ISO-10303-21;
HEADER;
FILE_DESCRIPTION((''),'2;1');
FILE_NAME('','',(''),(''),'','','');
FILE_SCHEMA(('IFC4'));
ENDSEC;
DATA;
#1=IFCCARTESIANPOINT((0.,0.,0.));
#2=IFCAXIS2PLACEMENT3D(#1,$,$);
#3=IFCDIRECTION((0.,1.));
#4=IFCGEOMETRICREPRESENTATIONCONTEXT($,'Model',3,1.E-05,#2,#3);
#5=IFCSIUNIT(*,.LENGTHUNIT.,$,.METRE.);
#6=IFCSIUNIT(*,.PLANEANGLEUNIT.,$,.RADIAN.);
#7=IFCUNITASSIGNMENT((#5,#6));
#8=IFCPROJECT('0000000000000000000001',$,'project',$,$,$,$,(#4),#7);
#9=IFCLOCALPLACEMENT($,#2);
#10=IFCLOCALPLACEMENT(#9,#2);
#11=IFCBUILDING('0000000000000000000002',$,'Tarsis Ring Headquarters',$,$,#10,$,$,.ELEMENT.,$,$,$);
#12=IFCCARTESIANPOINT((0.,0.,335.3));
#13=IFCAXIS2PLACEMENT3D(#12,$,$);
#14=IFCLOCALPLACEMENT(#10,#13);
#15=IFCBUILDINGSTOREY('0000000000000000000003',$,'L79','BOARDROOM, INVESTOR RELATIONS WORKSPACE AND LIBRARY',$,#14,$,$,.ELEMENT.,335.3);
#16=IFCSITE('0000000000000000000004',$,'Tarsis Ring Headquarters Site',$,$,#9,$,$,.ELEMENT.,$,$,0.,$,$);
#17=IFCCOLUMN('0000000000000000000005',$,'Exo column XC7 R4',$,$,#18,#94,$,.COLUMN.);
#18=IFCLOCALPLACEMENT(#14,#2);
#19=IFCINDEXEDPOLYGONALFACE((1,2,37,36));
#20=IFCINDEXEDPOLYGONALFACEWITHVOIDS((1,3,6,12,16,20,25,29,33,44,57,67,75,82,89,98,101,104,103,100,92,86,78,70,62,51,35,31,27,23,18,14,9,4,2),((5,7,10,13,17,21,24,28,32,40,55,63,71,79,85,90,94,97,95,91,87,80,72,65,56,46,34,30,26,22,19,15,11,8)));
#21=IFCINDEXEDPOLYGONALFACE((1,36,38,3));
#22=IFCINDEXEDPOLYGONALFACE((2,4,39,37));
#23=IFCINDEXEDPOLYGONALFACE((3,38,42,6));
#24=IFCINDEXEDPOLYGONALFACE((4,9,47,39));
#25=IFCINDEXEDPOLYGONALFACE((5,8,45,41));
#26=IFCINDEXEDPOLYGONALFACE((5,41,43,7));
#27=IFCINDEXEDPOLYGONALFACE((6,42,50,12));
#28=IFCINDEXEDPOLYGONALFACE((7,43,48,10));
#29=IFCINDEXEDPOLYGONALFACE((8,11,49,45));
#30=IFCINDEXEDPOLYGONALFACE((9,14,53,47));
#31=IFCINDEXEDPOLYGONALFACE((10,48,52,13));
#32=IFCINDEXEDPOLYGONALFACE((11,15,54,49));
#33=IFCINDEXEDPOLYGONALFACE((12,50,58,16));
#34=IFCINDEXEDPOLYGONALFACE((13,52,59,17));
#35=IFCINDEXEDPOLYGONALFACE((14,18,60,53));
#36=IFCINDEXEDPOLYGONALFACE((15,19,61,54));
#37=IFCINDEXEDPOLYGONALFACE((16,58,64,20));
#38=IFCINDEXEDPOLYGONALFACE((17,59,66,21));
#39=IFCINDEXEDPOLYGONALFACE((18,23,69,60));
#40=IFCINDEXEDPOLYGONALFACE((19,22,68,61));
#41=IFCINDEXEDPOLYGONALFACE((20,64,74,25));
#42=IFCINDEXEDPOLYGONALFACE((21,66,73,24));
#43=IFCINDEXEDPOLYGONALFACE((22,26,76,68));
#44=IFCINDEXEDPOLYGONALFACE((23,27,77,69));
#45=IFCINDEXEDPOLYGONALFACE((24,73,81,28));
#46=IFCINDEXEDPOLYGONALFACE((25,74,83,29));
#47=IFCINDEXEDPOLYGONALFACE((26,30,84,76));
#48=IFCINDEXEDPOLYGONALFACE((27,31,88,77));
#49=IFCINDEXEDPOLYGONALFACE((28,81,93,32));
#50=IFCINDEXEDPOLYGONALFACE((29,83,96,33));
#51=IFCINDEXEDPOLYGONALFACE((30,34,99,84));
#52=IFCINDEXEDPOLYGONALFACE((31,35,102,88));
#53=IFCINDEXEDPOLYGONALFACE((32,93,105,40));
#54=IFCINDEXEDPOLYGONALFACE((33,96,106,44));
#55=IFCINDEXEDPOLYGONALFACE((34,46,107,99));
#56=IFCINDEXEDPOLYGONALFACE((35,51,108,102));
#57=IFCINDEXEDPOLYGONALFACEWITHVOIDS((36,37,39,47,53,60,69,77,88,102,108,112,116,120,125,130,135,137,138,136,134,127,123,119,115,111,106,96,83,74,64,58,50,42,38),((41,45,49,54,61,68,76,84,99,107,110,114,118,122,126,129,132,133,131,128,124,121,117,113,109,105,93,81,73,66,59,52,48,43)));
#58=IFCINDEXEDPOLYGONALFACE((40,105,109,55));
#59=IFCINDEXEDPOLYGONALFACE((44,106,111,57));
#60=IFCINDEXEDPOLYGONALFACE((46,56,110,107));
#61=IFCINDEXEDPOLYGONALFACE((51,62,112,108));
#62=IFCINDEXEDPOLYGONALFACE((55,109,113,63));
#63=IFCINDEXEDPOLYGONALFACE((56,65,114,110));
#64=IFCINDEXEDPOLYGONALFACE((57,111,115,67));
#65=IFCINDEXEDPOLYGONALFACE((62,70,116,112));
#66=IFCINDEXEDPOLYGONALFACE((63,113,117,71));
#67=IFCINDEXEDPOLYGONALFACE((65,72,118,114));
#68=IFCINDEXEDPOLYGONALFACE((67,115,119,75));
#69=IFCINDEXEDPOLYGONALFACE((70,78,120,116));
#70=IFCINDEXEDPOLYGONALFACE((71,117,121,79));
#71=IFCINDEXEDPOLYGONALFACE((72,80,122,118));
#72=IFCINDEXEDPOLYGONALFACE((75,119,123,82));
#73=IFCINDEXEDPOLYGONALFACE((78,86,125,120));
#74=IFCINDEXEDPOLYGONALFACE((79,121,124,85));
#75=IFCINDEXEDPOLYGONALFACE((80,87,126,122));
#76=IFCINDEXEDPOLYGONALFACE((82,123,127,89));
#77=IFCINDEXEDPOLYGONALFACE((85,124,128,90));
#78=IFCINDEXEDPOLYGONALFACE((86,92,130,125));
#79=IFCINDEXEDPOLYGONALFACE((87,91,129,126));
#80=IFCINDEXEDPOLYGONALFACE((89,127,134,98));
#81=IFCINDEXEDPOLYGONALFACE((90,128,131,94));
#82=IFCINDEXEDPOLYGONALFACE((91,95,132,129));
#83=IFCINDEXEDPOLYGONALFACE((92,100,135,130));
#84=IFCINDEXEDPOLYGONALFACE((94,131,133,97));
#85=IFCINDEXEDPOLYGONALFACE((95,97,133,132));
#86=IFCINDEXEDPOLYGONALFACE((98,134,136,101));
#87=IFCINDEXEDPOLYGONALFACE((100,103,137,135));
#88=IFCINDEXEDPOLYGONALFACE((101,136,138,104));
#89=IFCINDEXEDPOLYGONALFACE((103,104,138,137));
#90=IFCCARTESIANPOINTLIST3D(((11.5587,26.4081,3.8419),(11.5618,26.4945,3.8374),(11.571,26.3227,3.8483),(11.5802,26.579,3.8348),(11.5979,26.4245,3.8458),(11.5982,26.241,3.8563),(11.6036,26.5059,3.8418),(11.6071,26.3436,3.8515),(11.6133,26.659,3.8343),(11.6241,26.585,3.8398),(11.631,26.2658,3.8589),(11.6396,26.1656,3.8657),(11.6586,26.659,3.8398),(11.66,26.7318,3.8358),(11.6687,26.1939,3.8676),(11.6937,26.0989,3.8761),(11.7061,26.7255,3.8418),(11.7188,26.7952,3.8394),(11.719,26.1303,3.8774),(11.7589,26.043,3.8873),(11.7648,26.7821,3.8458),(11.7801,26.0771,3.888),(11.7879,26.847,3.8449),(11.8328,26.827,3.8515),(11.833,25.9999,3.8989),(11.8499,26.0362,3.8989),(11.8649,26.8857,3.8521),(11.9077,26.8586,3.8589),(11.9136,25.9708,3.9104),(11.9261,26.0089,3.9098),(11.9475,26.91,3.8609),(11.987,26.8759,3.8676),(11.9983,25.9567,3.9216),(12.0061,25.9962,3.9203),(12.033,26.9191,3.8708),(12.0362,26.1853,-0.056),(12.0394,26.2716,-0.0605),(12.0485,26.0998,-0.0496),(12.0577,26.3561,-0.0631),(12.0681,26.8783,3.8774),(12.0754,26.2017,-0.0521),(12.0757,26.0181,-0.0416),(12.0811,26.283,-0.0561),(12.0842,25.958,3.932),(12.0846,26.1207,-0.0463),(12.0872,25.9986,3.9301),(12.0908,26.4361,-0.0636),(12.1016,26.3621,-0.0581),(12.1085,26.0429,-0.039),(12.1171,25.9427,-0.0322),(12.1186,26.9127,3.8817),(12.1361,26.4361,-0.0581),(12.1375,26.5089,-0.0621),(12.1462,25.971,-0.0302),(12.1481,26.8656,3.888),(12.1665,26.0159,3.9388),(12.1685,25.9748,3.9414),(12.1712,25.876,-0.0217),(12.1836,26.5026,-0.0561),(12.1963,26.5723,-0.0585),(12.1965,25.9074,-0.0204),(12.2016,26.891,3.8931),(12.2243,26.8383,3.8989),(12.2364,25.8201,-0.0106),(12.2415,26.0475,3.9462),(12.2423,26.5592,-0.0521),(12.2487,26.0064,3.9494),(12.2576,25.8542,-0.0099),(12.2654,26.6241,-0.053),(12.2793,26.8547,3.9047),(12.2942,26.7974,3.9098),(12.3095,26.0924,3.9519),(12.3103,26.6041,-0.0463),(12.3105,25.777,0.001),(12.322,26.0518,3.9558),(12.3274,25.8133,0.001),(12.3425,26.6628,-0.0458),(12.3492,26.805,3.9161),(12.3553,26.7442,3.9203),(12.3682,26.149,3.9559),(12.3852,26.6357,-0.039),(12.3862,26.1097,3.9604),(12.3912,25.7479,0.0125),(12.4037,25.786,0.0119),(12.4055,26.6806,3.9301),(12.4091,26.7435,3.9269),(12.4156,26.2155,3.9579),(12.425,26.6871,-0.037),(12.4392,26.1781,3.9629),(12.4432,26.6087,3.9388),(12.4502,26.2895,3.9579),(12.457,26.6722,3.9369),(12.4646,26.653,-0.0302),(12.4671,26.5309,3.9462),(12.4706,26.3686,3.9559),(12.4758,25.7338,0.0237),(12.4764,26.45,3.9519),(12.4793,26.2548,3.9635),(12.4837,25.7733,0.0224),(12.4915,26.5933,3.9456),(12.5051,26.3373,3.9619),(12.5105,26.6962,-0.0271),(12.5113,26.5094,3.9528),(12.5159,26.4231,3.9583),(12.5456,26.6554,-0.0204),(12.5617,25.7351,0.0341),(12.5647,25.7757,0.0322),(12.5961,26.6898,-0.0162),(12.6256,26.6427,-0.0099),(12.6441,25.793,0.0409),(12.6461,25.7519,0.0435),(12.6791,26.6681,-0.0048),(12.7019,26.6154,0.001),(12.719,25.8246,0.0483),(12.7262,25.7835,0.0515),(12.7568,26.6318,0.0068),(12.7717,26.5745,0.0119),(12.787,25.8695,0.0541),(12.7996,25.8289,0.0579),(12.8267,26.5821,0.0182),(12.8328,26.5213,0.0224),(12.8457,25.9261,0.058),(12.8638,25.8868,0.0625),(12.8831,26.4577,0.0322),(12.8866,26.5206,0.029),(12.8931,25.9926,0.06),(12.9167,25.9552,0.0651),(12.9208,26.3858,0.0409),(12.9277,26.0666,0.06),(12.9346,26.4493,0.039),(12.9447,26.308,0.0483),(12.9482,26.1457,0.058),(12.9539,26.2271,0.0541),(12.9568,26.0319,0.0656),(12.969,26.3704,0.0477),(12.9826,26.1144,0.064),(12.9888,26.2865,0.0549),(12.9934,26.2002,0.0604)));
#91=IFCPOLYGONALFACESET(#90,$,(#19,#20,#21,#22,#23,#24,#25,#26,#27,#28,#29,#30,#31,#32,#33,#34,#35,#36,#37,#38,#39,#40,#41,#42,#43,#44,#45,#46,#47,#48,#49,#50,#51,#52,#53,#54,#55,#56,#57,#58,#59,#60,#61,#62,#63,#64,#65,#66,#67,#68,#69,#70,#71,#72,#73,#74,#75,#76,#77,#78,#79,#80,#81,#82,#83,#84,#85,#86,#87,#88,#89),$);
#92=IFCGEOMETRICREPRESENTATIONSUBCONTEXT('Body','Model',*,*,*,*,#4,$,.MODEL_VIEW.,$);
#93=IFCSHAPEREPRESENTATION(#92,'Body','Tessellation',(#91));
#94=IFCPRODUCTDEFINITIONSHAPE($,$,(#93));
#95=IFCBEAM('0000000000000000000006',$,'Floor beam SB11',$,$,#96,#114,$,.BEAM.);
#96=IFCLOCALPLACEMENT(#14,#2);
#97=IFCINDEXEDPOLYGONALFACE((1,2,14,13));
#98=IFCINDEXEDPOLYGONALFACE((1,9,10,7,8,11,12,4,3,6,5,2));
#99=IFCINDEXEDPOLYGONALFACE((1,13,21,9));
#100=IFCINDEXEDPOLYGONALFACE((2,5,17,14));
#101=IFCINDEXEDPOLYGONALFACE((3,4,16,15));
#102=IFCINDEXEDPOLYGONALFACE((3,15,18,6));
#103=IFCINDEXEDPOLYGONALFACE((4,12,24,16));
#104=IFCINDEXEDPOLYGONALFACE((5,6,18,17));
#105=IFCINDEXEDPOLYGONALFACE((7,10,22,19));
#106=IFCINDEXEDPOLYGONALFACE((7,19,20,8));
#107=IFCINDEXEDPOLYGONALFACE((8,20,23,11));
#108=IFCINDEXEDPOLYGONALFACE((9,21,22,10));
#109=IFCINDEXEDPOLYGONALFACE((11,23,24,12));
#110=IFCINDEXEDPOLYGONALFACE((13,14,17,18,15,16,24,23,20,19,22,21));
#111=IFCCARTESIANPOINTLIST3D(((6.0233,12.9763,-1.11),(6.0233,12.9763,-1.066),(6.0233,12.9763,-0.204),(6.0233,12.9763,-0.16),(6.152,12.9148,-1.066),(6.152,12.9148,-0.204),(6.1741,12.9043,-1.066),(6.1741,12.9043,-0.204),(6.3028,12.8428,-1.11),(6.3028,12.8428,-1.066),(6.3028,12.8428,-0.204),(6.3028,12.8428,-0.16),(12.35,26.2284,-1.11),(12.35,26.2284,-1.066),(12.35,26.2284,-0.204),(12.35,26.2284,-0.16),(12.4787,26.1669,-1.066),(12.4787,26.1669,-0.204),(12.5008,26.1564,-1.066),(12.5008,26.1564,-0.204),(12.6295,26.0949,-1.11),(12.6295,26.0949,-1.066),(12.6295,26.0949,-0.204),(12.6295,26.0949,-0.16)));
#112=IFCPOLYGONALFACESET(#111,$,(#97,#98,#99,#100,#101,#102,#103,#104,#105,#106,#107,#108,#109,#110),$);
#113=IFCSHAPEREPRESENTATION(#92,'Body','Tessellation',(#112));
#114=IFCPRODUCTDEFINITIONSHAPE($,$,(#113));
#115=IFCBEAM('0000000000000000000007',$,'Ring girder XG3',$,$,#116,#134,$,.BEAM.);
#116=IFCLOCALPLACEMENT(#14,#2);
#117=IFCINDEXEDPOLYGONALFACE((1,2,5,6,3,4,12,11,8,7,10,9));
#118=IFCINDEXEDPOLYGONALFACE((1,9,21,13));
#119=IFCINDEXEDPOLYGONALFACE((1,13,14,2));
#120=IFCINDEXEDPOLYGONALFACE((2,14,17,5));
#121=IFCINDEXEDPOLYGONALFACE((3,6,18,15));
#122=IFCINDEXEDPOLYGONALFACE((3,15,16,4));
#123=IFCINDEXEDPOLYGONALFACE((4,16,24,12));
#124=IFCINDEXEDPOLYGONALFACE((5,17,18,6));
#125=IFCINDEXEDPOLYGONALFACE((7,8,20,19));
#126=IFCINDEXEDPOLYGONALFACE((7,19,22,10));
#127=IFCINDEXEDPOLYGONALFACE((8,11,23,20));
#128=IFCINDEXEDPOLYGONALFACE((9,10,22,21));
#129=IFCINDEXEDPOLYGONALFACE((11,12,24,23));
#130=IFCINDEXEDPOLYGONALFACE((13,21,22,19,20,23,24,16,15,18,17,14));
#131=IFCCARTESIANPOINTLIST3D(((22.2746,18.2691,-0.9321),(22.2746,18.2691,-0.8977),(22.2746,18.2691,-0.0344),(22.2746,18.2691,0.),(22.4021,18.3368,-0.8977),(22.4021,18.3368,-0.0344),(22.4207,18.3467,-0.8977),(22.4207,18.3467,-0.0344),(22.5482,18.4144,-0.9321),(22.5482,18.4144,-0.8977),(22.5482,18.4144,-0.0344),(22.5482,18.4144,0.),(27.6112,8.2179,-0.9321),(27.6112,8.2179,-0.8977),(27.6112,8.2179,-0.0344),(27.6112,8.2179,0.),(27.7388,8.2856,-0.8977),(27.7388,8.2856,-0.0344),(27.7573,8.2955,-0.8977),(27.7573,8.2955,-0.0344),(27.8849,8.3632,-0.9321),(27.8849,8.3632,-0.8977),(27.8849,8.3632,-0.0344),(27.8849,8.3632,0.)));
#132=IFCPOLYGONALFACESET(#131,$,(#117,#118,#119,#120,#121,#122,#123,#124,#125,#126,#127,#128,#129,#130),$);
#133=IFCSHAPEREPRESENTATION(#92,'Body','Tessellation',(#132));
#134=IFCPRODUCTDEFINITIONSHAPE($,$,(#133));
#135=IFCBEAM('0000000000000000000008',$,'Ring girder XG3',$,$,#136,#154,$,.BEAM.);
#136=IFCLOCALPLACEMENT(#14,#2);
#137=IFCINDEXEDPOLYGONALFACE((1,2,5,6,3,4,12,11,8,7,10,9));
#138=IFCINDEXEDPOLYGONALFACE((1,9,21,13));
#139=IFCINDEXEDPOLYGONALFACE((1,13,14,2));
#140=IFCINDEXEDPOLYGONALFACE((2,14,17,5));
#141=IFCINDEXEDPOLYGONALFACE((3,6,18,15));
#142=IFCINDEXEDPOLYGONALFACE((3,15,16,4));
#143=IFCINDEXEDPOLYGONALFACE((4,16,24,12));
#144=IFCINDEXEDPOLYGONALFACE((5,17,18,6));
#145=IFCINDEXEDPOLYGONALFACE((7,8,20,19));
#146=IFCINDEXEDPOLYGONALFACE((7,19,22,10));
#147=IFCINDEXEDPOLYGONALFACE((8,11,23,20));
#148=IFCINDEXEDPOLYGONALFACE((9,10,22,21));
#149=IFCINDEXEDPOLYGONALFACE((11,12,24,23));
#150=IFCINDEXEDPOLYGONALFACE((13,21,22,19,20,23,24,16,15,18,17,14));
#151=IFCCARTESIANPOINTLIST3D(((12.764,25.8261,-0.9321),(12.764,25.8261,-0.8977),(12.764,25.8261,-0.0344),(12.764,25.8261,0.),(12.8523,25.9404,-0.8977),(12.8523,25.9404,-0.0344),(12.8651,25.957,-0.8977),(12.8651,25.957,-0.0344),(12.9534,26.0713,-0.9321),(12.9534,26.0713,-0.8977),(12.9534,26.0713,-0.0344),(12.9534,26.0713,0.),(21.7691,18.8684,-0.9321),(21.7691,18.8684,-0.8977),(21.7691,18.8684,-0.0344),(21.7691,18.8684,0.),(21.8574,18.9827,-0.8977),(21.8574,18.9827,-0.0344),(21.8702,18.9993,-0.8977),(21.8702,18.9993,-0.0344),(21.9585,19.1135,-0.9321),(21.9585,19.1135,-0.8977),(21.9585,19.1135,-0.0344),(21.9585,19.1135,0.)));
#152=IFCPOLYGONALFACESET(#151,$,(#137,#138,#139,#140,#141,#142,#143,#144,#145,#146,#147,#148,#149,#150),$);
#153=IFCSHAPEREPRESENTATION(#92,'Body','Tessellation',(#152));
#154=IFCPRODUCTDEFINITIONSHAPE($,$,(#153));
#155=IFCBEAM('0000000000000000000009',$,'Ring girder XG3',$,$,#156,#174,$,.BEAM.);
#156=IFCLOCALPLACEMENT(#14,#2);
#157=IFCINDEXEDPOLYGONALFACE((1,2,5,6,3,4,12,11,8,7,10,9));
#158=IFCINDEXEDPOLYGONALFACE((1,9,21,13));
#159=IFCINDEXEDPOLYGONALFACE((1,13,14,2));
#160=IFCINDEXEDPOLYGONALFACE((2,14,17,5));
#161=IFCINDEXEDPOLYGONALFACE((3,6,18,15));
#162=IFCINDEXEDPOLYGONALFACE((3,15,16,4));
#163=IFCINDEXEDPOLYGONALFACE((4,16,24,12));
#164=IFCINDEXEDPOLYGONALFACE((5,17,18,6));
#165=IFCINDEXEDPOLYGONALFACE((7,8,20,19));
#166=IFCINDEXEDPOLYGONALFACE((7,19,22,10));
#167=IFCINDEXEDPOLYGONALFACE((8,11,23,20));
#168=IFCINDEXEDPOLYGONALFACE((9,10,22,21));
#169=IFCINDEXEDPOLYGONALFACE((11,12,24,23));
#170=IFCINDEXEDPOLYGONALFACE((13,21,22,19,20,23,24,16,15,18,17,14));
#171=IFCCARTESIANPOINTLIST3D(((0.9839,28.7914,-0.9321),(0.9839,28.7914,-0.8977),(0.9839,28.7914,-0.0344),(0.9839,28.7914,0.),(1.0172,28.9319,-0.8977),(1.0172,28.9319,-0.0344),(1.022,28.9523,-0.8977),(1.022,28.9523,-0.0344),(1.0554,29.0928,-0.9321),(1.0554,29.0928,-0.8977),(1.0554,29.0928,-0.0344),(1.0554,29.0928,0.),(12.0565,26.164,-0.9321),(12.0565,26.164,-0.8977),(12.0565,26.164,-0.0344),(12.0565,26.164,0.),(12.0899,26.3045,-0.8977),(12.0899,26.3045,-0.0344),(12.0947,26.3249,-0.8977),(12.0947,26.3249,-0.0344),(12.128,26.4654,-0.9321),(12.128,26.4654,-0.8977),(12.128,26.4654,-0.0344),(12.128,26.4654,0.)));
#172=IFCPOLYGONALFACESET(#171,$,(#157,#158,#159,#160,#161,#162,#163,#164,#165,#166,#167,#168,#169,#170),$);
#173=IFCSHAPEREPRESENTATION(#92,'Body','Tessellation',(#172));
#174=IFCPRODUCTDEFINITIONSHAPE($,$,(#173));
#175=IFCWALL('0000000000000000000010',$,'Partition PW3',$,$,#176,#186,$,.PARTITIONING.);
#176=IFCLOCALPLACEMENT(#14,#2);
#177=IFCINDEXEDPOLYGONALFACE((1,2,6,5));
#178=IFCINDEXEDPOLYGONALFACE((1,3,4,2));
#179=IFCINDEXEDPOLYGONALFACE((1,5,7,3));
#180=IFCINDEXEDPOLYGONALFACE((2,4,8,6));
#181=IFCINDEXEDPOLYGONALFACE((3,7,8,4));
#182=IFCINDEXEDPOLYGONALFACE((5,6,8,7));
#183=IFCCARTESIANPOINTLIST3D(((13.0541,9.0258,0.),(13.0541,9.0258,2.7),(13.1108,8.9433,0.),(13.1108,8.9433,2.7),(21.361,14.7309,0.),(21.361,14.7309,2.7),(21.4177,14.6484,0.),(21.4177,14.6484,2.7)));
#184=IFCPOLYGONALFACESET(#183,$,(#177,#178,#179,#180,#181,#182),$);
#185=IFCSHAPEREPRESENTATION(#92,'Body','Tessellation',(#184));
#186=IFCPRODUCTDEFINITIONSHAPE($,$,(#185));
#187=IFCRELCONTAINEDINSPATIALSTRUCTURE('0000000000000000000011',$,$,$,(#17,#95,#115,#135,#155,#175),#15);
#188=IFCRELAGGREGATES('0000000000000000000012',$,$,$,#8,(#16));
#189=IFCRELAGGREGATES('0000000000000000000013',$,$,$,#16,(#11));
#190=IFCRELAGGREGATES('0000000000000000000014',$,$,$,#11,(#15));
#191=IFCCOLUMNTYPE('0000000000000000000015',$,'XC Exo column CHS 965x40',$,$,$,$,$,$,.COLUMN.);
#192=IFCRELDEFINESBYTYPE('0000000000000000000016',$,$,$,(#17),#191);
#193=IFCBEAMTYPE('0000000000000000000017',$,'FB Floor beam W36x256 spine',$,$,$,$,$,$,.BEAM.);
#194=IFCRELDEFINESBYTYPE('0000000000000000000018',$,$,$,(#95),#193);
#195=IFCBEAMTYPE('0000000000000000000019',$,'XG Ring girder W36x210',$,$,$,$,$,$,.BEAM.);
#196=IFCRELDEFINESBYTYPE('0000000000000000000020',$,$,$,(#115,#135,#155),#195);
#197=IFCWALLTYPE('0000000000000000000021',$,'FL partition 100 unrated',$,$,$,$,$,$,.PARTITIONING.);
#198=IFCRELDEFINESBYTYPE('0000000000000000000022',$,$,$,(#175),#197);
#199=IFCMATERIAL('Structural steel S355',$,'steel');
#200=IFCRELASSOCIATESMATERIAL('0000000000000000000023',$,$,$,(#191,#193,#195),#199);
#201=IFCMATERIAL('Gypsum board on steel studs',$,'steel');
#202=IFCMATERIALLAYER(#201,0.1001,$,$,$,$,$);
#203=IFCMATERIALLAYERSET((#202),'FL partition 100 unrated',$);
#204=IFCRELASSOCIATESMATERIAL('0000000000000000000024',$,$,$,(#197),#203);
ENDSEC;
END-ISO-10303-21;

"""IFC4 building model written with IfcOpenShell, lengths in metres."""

from ifc_helpers import new_model, si_unit, direction, frame, frame_2d, origin, origin_2d, place, context, subcontext, project, spatial, rectangle, hollow_circle, i_section, extrude, material, layer, layer_set, material_profile, profile_set, type_object, element, save


model = new_model("IFC4")

# Units and contexts
model_context = context("Model", 3, precision=1e-05, world=origin(), true_north=direction((0.0, 1.0)))
body_context = subcontext(model_context, "Body", "Model", "MODEL_VIEW")
ifc_project = project(units=[si_unit("LENGTHUNIT", "METRE"), si_unit("PLANEANGLEUNIT", "RADIAN")], contexts=[model_context])

# Site, building, storey
site_placement = place(None, origin())
site = spatial("IfcSite", under=ifc_project, at=site_placement, Name="Tarsis Ring Headquarters Site", CompositionType="ELEMENT", RefElevation=0.0)
building_placement = place(site_placement, origin())
building = spatial("IfcBuilding", under=site, at=building_placement, Name="Tarsis Ring Headquarters", CompositionType="ELEMENT")
storey_placement = place(building_placement, frame((0.0, 0.0, 335.3)))
storey = spatial("IfcBuildingStorey", under=building, at=storey_placement, Name="L79", Description="BOARDROOM, INVESTOR RELATIONS WORKSPACE AND LIBRARY", CompositionType="ELEMENT", Elevation=335.3)

# Column
ifc_material_1 = material(Name="Structural steel S355", Category="steel")
ifc_material_profile_1 = material_profile(ifc_material_1, hollow_circle(Radius=0.4827, WallThickness=0.04, at=origin_2d()), Name="CHS 965x40")
ifc_profile_set_1 = profile_set([ifc_material_profile_1], Name="Structural steel S355")
column_type = type_object("IfcColumnType", Name="XC Exo column CHS 965x40", PredefinedType="COLUMN", material=ifc_profile_set_1)
for number, where, z_axis, x_axis, name in (
    (1, (12.5146, 26.2144, 0.001), (-0.121406, 0.056668, 0.990984), (-0.422962, -0.906148, 0.0), "Exo column XC7 R4"),
):
    element("IfcColumn", number, at=place(storey_placement, frame(where, z_axis=z_axis, x_axis=x_axis)), inside=storey, type_object=column_type, Name=name, PredefinedType="COLUMN", context=body_context, shape_type="SweptSolid", body=[
        extrude(hollow_circle(Radius=0.4827, WallThickness=0.04, at=origin_2d()), origin(), (0.0, 0.0, 1.0), 3.9333),
    ])

# Beams
ifc_material_profile_2 = material_profile(ifc_material_1, i_section(OverallWidth=0.3098, OverallDepth=0.95, WebThickness=0.0244, FlangeThickness=0.0439, at=origin_2d()), Name="W36x256")
ifc_profile_set_2 = profile_set([ifc_material_profile_2], Name="Structural steel S355")
beam_type_1 = type_object("IfcBeamType", Name="FB Floor beam W36x256 spine", PredefinedType="BEAM", material=ifc_profile_set_2)
beam_1_placement = place(storey_placement, frame((12.4897, 26.1616, -0.635), z_axis=(-0.430833, -0.902432, 0.0), x_axis=(0.902432, -0.430833, 0.0)))
element("IfcBeam", 2, at=beam_1_placement, inside=storey, type_object=beam_type_1, Name="Floor beam SB11", PredefinedType="BEAM", context=body_context, shape_type="SweptSolid", body=[
    extrude(i_section(OverallWidth=0.3098, OverallDepth=0.95, WebThickness=0.0244, FlangeThickness=0.0439, at=origin_2d()), origin(), (0.0, 0.0, 1.0), 14.6848),
])
ifc_material_profile_3 = material_profile(ifc_material_1, i_section(OverallWidth=0.3098, OverallDepth=0.9321, WebThickness=0.021, FlangeThickness=0.0344, at=origin_2d()), Name="W36x210")
ifc_profile_set_3 = profile_set([ifc_material_profile_3], Name="Structural steel S355")
beam_type_2 = type_object("IfcBeamType", Name="XG Ring girder W36x210", PredefinedType="BEAM", material=ifc_profile_set_3)
beam_2_placement = place(storey_placement, frame((27.748, 8.2905, -0.4661), z_axis=(-0.468945, 0.883227, 0.0), x_axis=(-0.883227, -0.468945, 0.0)))
element("IfcBeam", 3, at=beam_2_placement, inside=storey, type_object=beam_type_2, Name="Ring girder XG3", PredefinedType="BEAM", context=body_context, shape_type="SweptSolid", body=[
    extrude(i_section(OverallWidth=0.3098, OverallDepth=0.9321, WebThickness=0.021, FlangeThickness=0.0344, at=origin_2d()), origin(), (0.0, 0.0, 1.0), 11.3801),
])
beam_3_placement = place(storey_placement, frame((21.8638, 18.991, -0.4661), z_axis=(-0.791317, 0.611407, 0.0), x_axis=(-0.611407, -0.791317, 0.0)))
element("IfcBeam", 4, at=beam_3_placement, inside=storey, type_object=beam_type_2, Name="Ring girder XG3", PredefinedType="BEAM", context=body_context, shape_type="SweptSolid", body=[
    extrude(i_section(OverallWidth=0.3098, OverallDepth=0.9321, WebThickness=0.021, FlangeThickness=0.0344, at=origin_2d()), origin(), (0.0, 0.0, 1.0), 11.3799),
])
beam_4_placement = place(storey_placement, frame((12.0923, 26.3147, -0.4661), z_axis=(-0.972983, 0.230878, 0.0), x_axis=(-0.230878, -0.972983, 0.0)))
element("IfcBeam", 5, at=beam_4_placement, inside=storey, type_object=beam_type_2, Name="Ring girder XG3", PredefinedType="BEAM", context=body_context, shape_type="SweptSolid", body=[
    extrude(i_section(OverallWidth=0.3098, OverallDepth=0.9321, WebThickness=0.021, FlangeThickness=0.0344, at=origin_2d()), origin(), (0.0, 0.0, 1.0), 11.3801),
])

# Wall
ifc_material_2 = material(Name="Gypsum board on steel studs", Category="steel")
ifc_layer_1 = layer(ifc_material_2, 0.1001)
ifc_layer_set_1 = layer_set([ifc_layer_1], Name="FL partition 100 unrated")
wall_type_1 = type_object("IfcWallType", Name="FL partition 100 unrated", PredefinedType="PARTITIONING", material=ifc_layer_set_1)
wall_1_placement = place(storey_placement, frame((13.0825, 8.9846, 0.0), z_axis=(0.0, 0.0, 1.0), x_axis=(0.824315, 0.566131, 0.0)))
element("IfcWall", 6, at=wall_1_placement, inside=storey, type_object=wall_type_1, Name="Partition PW3", PredefinedType="PARTITIONING", context=body_context, shape_type="SweptSolid", body=[
    extrude(rectangle(XDim=10.0774, YDim=0.1001, at=frame_2d((5.0386, 0.0))), origin(), (0.0, 0.0, 1.0), 2.7),
])

save(model, "model.ifc")
